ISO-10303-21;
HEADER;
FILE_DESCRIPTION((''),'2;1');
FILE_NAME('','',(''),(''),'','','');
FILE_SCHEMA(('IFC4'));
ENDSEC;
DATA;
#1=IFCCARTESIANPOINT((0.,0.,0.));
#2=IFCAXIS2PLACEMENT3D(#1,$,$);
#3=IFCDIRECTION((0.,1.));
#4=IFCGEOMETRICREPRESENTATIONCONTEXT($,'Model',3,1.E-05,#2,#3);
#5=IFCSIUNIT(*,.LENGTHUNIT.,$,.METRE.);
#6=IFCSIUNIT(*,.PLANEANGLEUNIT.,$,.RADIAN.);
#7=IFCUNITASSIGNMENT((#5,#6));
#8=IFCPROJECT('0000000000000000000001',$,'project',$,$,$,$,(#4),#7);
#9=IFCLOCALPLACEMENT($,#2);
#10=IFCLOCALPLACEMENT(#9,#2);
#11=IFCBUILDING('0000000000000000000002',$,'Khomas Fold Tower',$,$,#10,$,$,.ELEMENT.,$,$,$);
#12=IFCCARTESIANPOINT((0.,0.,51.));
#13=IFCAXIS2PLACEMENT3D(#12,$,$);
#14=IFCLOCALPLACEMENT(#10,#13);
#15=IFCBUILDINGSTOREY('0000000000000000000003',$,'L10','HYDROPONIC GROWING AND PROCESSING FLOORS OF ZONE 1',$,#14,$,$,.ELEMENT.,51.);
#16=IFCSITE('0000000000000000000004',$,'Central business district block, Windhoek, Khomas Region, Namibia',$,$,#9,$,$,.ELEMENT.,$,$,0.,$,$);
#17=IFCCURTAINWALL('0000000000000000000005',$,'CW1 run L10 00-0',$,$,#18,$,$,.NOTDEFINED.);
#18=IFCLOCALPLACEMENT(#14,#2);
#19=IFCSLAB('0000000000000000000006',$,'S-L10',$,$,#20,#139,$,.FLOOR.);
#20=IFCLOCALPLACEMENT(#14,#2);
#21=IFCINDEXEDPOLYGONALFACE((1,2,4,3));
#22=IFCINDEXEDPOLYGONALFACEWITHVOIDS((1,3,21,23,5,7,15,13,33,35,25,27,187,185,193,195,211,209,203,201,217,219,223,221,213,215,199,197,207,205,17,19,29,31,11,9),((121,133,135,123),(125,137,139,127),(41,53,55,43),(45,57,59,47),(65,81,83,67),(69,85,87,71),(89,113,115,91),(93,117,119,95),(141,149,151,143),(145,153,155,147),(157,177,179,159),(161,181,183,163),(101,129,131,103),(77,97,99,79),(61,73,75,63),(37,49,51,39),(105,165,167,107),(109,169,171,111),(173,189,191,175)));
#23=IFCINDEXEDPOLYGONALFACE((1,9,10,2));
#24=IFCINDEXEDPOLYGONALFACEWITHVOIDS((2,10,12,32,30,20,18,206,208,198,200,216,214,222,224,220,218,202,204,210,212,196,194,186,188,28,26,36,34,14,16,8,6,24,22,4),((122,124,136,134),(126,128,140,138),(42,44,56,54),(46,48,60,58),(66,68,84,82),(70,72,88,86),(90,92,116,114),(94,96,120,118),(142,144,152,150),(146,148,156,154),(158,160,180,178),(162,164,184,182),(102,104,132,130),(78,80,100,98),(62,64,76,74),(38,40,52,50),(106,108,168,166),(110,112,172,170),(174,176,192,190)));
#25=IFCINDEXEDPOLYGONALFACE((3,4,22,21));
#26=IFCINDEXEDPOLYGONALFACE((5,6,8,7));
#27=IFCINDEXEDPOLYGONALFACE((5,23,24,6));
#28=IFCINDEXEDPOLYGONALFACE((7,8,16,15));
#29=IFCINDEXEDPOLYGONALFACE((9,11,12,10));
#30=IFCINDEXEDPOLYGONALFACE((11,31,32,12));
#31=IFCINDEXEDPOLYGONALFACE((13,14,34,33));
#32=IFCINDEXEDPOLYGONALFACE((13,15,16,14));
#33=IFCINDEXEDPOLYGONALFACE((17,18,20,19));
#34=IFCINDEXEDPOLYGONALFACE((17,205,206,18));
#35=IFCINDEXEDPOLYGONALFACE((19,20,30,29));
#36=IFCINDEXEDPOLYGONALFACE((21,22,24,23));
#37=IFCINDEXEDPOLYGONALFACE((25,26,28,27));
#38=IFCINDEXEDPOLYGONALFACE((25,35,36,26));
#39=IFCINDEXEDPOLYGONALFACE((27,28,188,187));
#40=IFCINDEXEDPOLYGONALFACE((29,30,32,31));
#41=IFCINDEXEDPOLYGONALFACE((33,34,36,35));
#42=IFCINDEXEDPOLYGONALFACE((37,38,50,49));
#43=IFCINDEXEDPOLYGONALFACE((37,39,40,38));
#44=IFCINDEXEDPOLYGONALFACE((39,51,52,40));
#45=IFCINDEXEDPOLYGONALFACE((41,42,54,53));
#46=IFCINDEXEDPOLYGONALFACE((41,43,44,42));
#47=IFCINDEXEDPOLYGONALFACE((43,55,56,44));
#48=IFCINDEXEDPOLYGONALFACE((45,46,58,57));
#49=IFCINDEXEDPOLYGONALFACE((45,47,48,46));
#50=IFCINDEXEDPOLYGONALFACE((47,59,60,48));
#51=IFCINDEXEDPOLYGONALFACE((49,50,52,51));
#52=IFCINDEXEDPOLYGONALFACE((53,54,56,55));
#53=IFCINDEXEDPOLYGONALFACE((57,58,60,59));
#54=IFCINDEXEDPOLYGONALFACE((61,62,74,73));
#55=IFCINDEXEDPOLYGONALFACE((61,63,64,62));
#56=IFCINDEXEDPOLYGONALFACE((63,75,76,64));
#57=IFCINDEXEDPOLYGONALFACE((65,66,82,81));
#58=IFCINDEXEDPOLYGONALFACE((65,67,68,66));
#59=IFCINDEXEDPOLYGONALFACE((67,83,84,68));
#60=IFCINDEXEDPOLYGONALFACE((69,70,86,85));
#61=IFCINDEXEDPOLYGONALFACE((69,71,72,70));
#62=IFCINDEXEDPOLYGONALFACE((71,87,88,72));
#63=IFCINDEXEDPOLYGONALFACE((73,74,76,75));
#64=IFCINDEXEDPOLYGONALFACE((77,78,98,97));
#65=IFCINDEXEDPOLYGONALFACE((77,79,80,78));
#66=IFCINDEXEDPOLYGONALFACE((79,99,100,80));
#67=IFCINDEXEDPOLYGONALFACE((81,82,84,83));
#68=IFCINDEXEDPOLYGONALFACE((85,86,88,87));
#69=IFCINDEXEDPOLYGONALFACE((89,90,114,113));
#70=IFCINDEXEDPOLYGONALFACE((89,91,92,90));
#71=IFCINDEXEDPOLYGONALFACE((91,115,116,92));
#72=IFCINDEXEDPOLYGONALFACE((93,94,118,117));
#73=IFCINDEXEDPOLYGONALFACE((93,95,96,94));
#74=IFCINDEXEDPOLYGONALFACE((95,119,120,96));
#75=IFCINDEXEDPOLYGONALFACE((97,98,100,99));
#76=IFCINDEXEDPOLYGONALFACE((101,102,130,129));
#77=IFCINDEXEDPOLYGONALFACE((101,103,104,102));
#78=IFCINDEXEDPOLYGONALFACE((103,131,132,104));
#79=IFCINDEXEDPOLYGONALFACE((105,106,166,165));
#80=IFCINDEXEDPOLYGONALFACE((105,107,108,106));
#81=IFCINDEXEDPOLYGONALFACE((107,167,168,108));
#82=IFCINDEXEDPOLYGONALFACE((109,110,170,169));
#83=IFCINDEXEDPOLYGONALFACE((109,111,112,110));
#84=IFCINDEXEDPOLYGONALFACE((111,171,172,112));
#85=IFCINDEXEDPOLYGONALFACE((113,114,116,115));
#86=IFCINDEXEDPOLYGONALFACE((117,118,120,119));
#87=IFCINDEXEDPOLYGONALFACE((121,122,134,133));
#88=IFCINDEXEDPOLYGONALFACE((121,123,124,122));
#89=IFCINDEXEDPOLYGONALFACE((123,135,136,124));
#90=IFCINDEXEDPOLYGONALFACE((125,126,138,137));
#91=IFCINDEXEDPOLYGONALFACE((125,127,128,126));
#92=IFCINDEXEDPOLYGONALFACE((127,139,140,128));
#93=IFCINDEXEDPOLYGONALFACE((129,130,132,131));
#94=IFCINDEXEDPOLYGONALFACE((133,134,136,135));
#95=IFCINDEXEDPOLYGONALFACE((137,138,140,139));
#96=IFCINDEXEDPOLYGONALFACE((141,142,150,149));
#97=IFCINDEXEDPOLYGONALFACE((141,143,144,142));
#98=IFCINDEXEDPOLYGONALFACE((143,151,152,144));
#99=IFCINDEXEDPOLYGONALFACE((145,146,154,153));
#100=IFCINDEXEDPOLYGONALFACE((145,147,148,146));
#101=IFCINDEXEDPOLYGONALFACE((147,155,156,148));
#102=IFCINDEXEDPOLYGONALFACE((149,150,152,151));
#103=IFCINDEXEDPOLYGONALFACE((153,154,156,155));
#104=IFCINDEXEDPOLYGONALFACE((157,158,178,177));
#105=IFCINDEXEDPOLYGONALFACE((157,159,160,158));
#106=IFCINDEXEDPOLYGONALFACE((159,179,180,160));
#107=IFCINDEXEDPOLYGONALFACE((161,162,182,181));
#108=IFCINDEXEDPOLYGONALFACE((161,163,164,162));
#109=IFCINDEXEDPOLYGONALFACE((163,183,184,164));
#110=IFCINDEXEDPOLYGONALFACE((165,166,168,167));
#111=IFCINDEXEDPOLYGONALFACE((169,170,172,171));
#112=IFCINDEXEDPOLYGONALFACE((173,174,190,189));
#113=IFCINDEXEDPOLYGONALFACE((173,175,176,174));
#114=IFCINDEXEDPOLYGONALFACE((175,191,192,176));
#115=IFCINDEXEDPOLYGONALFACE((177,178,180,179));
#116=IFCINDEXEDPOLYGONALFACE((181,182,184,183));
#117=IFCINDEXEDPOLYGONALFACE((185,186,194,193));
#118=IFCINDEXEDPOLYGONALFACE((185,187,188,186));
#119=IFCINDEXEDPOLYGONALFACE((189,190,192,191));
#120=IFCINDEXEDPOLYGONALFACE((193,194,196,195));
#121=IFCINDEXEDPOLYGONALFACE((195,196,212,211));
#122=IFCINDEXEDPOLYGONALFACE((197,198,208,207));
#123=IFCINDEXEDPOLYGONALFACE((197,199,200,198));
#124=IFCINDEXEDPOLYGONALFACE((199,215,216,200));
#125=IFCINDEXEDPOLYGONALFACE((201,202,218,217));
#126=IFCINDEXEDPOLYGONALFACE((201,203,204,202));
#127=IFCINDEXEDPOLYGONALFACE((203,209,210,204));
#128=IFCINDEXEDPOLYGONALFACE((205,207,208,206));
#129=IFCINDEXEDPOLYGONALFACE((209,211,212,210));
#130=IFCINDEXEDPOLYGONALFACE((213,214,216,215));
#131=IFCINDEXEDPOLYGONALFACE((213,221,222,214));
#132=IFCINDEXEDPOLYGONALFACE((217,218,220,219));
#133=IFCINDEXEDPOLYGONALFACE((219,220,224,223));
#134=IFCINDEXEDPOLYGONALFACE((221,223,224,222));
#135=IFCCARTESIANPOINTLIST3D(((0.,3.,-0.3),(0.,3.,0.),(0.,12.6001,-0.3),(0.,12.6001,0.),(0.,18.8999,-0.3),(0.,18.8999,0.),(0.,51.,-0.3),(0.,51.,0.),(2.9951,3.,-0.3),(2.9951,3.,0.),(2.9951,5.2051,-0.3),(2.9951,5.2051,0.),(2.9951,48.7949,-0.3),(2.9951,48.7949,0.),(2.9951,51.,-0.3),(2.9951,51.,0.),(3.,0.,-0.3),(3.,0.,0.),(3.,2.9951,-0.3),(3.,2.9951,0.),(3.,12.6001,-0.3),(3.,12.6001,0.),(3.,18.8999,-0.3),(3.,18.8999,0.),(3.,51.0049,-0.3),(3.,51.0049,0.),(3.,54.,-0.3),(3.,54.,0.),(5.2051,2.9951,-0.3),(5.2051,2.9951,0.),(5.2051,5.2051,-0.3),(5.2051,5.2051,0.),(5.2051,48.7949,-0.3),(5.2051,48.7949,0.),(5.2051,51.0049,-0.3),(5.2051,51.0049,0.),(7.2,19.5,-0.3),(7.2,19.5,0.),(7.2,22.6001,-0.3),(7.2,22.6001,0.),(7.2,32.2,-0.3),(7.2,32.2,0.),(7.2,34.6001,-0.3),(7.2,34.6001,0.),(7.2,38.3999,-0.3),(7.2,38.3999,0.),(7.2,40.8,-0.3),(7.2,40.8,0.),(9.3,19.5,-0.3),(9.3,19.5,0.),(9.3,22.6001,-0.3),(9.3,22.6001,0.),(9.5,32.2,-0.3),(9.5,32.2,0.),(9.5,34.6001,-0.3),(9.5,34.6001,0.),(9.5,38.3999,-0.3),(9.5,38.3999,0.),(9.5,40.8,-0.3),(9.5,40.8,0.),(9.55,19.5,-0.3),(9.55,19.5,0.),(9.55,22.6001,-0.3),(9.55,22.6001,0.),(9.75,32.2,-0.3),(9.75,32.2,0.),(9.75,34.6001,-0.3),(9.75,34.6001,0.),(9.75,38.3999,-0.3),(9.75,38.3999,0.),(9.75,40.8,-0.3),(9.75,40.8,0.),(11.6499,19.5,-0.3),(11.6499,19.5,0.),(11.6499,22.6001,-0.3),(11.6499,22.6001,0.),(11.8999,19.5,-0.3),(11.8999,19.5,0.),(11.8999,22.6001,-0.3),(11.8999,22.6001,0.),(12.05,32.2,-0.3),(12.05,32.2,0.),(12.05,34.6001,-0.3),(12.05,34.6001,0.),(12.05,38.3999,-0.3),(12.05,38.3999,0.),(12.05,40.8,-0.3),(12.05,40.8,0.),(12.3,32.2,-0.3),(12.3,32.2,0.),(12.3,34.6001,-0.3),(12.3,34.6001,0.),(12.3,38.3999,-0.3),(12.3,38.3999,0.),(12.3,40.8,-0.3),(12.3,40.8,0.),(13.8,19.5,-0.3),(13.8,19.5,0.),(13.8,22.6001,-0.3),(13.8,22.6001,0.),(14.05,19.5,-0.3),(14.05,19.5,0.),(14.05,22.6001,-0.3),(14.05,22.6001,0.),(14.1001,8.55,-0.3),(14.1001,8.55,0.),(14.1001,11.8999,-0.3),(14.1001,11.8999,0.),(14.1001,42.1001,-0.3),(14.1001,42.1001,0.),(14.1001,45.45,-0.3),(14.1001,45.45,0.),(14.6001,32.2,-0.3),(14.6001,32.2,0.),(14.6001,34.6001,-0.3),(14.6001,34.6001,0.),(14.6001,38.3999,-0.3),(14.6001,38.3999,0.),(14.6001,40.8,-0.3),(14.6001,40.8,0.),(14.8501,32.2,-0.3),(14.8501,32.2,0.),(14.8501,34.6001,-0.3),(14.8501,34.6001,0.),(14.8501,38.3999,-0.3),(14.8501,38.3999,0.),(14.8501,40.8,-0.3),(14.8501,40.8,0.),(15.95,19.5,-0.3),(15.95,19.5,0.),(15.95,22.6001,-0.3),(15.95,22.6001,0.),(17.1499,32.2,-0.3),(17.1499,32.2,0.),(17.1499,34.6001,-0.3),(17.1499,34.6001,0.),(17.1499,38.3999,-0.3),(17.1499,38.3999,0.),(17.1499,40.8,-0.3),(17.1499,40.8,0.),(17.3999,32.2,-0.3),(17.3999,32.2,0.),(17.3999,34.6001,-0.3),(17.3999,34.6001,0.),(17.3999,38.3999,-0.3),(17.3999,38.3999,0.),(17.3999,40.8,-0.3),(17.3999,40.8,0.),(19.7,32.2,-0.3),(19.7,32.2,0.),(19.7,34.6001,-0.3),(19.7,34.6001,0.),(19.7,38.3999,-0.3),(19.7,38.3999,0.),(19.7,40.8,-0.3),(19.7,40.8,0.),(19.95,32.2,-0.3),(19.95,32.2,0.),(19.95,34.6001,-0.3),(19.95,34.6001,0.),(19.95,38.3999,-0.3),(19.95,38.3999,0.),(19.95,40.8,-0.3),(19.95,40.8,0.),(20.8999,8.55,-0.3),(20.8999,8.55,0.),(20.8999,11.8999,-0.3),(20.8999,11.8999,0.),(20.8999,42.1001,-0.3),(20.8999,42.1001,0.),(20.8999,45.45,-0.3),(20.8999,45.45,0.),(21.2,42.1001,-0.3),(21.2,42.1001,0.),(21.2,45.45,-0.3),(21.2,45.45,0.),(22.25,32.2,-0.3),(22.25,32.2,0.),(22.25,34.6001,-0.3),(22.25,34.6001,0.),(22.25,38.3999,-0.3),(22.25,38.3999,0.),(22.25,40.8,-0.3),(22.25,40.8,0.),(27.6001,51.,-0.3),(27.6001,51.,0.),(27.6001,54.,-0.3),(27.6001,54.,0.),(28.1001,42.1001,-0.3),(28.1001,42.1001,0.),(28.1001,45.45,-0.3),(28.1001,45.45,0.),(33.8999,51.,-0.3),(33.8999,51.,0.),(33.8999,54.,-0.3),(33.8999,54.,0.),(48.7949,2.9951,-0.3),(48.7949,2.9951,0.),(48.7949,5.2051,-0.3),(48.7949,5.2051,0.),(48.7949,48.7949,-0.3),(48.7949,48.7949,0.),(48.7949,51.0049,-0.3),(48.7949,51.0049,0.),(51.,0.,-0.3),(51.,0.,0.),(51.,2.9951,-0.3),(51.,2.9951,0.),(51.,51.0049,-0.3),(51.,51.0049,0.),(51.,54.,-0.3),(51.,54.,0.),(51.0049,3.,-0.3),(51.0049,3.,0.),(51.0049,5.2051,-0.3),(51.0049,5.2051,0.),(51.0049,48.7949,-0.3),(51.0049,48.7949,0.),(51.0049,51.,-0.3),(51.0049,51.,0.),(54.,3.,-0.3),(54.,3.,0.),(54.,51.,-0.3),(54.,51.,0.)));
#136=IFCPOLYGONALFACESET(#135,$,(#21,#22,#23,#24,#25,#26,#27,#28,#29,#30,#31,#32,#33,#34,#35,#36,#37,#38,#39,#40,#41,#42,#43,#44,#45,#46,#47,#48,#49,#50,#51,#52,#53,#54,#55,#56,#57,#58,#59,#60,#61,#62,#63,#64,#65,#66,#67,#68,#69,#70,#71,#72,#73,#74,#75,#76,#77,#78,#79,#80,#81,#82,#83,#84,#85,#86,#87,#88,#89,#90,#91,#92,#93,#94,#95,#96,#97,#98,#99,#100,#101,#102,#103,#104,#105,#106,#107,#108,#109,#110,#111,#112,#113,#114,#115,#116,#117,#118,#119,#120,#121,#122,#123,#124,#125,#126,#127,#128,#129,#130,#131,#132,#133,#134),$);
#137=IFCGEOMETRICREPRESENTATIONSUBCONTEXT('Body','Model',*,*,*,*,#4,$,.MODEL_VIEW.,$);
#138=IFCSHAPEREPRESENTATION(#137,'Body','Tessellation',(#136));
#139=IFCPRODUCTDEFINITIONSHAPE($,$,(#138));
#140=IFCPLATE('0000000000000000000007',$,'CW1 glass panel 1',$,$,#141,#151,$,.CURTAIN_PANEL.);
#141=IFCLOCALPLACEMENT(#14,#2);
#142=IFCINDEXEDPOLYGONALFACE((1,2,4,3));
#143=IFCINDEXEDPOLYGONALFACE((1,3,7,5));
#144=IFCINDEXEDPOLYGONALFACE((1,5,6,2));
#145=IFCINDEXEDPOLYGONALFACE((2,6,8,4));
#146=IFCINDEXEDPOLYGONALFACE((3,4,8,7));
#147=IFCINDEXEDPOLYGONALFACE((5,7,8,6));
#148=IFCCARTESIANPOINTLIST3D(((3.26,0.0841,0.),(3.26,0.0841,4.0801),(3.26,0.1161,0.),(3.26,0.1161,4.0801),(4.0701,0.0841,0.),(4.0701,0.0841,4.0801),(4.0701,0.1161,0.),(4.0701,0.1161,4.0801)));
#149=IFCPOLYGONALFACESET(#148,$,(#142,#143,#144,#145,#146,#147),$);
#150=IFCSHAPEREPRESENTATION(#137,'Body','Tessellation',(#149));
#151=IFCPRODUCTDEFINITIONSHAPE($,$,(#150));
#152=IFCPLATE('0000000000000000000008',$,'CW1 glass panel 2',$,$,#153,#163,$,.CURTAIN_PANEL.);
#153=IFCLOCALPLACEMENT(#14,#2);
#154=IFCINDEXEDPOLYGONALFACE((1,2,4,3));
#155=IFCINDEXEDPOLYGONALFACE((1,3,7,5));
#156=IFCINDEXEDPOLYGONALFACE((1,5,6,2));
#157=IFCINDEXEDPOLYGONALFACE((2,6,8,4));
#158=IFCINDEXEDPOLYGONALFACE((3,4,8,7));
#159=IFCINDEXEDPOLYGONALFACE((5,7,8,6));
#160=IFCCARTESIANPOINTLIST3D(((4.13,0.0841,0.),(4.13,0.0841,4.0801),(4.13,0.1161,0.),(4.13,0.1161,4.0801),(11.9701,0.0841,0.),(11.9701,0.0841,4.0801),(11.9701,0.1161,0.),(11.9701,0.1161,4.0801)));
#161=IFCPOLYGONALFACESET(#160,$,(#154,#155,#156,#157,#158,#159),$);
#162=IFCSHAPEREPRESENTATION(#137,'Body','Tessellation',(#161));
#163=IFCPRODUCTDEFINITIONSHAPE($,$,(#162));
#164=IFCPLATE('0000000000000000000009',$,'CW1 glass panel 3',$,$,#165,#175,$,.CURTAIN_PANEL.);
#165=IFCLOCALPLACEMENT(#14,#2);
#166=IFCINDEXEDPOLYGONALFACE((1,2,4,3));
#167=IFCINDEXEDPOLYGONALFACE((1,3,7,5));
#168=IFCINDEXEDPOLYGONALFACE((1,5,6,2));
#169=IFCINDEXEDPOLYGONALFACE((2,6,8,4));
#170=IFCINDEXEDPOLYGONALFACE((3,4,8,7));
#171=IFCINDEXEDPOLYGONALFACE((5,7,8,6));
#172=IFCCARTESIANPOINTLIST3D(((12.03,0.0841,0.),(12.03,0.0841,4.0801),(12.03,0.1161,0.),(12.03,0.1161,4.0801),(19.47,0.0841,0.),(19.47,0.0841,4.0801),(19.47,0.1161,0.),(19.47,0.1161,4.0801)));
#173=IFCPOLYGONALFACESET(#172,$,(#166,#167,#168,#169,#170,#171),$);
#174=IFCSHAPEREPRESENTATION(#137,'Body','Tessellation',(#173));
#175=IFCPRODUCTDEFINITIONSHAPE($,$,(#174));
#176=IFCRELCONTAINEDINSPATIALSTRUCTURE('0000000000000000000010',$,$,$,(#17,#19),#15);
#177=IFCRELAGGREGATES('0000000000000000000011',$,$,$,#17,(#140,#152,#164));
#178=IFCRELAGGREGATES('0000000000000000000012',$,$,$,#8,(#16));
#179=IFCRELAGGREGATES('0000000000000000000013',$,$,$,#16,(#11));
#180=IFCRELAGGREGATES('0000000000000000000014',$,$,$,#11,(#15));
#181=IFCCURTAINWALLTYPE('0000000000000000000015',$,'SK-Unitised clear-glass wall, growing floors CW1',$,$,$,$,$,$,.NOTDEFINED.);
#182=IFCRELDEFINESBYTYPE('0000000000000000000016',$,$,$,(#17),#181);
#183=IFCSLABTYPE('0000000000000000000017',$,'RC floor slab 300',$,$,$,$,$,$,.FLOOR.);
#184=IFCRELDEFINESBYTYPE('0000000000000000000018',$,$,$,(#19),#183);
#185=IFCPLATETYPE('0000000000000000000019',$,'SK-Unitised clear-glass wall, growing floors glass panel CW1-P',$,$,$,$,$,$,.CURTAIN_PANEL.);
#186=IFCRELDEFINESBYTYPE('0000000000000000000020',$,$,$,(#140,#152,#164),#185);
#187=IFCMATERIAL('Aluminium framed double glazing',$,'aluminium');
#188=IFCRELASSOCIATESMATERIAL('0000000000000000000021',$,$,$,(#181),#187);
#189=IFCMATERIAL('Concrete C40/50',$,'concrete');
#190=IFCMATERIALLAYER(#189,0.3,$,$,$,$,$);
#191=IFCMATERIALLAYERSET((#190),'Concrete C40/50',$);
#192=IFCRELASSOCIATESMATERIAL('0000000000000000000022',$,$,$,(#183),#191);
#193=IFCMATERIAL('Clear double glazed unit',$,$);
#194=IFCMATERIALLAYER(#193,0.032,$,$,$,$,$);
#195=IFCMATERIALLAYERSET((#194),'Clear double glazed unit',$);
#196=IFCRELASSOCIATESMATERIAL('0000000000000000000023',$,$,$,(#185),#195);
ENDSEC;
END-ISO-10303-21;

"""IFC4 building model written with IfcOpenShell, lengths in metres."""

from ifc_helpers import new_model, si_unit, direction, frame, origin, origin_2d, place, context, subcontext, project, spatial, polyline, rectangle, outline, extrude, source, transform, mapped, material, layer, layer_set, type_object, element, aggregate, save


model = new_model("IFC4")

# Units and contexts
model_context = context("Model", 3, precision=1e-05, world=origin(), true_north=direction((0.0, 1.0)))
body_context = subcontext(model_context, "Body", "Model", "MODEL_VIEW")
ifc_project = project(units=[si_unit("LENGTHUNIT", "METRE"), si_unit("PLANEANGLEUNIT", "RADIAN")], contexts=[model_context])

# Site, building, storey
site_placement = place(None, origin())
site = spatial("IfcSite", under=ifc_project, at=site_placement, Name="Central business district block, Windhoek, Khomas Region, Namibia", CompositionType="ELEMENT", RefElevation=0.0)
building_placement = place(site_placement, origin())
building = spatial("IfcBuilding", under=site, at=building_placement, Name="Khomas Fold Tower", CompositionType="ELEMENT")
storey_placement = place(building_placement, frame((0.0, 0.0, 51.0)))
storey = spatial("IfcBuildingStorey", under=building, at=storey_placement, Name="L10", Description="HYDROPONIC GROWING AND PROCESSING FLOORS OF ZONE 1", CompositionType="ELEMENT", Elevation=51.0)

# Curtain wall
ifc_material_1 = material(Name="Aluminium framed double glazing", Category="aluminium")
curtain_wall_type = type_object("IfcCurtainWallType", Name="SK-Unitised clear-glass wall, growing floors CW1", PredefinedType="NOTDEFINED", material=ifc_material_1)
curtain_wall_1_placement = place(storey_placement, origin())
curtain_wall_1 = element("IfcCurtainWall", 1, at=curtain_wall_1_placement, inside=storey, type_object=curtain_wall_type, Name="CW1 run L10 00-0", PredefinedType="NOTDEFINED")

# Slab
ifc_material_2 = material(Name="Concrete C40/50", Category="concrete")
ifc_layer_1 = layer(ifc_material_2, 0.3)
ifc_layer_set_1 = layer_set([ifc_layer_1], Name="Concrete C40/50")
slab_type_1 = type_object("IfcSlabType", Name="RC floor slab 300", PredefinedType="FLOOR", material=ifc_layer_set_1)
shared_shape_1 = source(origin(), body_context, "Body", "SweptSolid", [
    extrude(outline(polyline([(0.0, 3.0), (2.9951, 3.0), (2.9951, 5.2051), (5.2051, 5.2051), (5.2051, 2.9951), (3.0, 2.9951), (3.0, 0.0), (51.0, 0.0), (51.0, 2.9951), (48.7949, 2.9951), (48.7949, 5.2051), (51.0049, 5.2051), (51.0049, 3.0), (54.0, 3.0), (54.0, 51.0), (51.0049, 51.0), (51.0049, 48.7949), (48.7949, 48.7949), (48.7949, 51.0049), (51.0, 51.0049), (51.0, 54.0), (33.8999, 54.0), (33.8999, 51.0), (27.6001, 51.0), (27.6001, 54.0), (3.0, 54.0), (3.0, 51.0049), (5.2051, 51.0049), (5.2051, 48.7949), (2.9951, 48.7949), (2.9951, 51.0), (0.0, 51.0), (0.0, 18.8999), (3.0, 18.8999), (3.0, 12.6001), (0.0, 12.6001), (0.0, 3.0)]), holes=[polyline([(7.2, 19.5), (7.2, 22.6001), (9.3, 22.6001), (9.3, 19.5), (7.2, 19.5)]), polyline([(7.2, 32.2), (7.2, 34.6001), (9.5, 34.6001), (9.5, 32.2), (7.2, 32.2)]), polyline([(7.2, 38.3999), (7.2, 40.8), (9.5, 40.8), (9.5, 38.3999), (7.2, 38.3999)]), polyline([(9.55, 19.5), (9.55, 22.6001), (11.6499, 22.6001), (11.6499, 19.5), (9.55, 19.5)]), polyline([(9.75, 32.2), (9.75, 34.6001), (12.05, 34.6001), (12.05, 32.2), (9.75, 32.2)]), polyline([(9.75, 38.3999), (9.75, 40.8), (12.05, 40.8), (12.05, 38.3999), (9.75, 38.3999)]), polyline([(11.8999, 19.5), (11.8999, 22.6001), (13.8, 22.6001), (13.8, 19.5), (11.8999, 19.5)]), polyline([(12.3, 32.2), (12.3, 34.6001), (14.6001, 34.6001), (14.6001, 32.2), (12.3, 32.2)]), polyline([(12.3, 38.3999), (12.3, 40.8), (14.6001, 40.8), (14.6001, 38.3999), (12.3, 38.3999)]), polyline([(14.05, 19.5), (14.05, 22.6001), (15.95, 22.6001), (15.95, 19.5), (14.05, 19.5)]), polyline([(14.1001, 8.55), (14.1001, 11.8999), (20.8999, 11.8999), (20.8999, 8.55), (14.1001, 8.55)]), polyline([(14.1001, 42.1001), (14.1001, 45.45), (20.8999, 45.45), (20.8999, 42.1001), (14.1001, 42.1001)]), polyline([(14.8501, 32.2), (14.8501, 34.6001), (17.1499, 34.6001), (17.1499, 32.2), (14.8501, 32.2)]), polyline([(14.8501, 38.3999), (14.8501, 40.8), (17.1499, 40.8), (17.1499, 38.3999), (14.8501, 38.3999)]), polyline([(17.3999, 32.2), (17.3999, 34.6001), (19.7, 34.6001), (19.7, 32.2), (17.3999, 32.2)]), polyline([(17.3999, 38.3999), (17.3999, 40.8), (19.7, 40.8), (19.7, 38.3999), (17.3999, 38.3999)]), polyline([(19.95, 32.2), (19.95, 34.6001), (22.25, 34.6001), (22.25, 32.2), (19.95, 32.2)]), polyline([(19.95, 38.3999), (19.95, 40.8), (22.25, 40.8), (22.25, 38.3999), (19.95, 38.3999)]), polyline([(21.2, 42.1001), (21.2, 45.45), (28.1001, 45.45), (28.1001, 42.1001), (21.2, 42.1001)])]), origin(), (0.0, 0.0, 1.0), 0.3),
])
slab_1_placement = place(storey_placement, frame((0.0, 0.0, -0.3)))
element("IfcSlab", 2, at=slab_1_placement, inside=storey, type_object=slab_type_1, Name="S-L10", PredefinedType="FLOOR", context=body_context, shape_type="MappedRepresentation", body=[
    mapped(shared_shape_1, transform((0.0, 0.0, 0.0))),
])

# Plates
ifc_material_3 = material(Name="Clear double glazed unit")
ifc_layer_2 = layer(ifc_material_3, 0.032)
ifc_layer_set_2 = layer_set([ifc_layer_2], Name="Clear double glazed unit")
plate_type = type_object("IfcPlateType", Name="SK-Unitised clear-glass wall, growing floors glass panel CW1-P", PredefinedType="CURTAIN_PANEL", material=ifc_layer_set_2)
shared_shape_2 = source(origin(), body_context, "Body", "SweptSolid", [
    extrude(rectangle(XDim=0.8101, YDim=0.032, at=origin_2d()), origin(), (0.0, 0.0, 1.0), 4.0801),
])
plate_1_placement = place(storey_placement, frame((3.665, 0.1001, 0.0), z_axis=(0.0, 0.0, 1.0), x_axis=(1.0, 0.0, 0.0)))
plate_1 = element("IfcPlate", 3, at=plate_1_placement, type_object=plate_type, Name="CW1 glass panel 1", PredefinedType="CURTAIN_PANEL", context=body_context, shape_type="MappedRepresentation", body=[
    mapped(shared_shape_2, transform((0.0, 0.0, 0.0))),
])
shared_shape_3 = source(origin(), body_context, "Body", "SweptSolid", [
    extrude(rectangle(XDim=7.8401, YDim=0.032, at=origin_2d()), origin(), (0.0, 0.0, 1.0), 4.0801),
])
plate_2_placement = place(storey_placement, frame((8.05, 0.1001, 0.0), z_axis=(0.0, 0.0, 1.0), x_axis=(1.0, 0.0, 0.0)))
plate_2 = element("IfcPlate", 4, at=plate_2_placement, type_object=plate_type, Name="CW1 glass panel 2", PredefinedType="CURTAIN_PANEL", context=body_context, shape_type="MappedRepresentation", body=[
    mapped(shared_shape_3, transform((0.0, 0.0, 0.0))),
])
shared_shape_4 = source(origin(), body_context, "Body", "SweptSolid", [
    extrude(rectangle(XDim=7.4399, YDim=0.032, at=origin_2d()), origin(), (0.0, 0.0, 1.0), 4.0801),
])
plate_3_placement = place(storey_placement, frame((15.75, 0.1001, 0.0), z_axis=(0.0, 0.0, 1.0), x_axis=(1.0, 0.0, 0.0)))
plate_3 = element("IfcPlate", 5, at=plate_3_placement, type_object=plate_type, Name="CW1 glass panel 3", PredefinedType="CURTAIN_PANEL", context=body_context, shape_type="MappedRepresentation", body=[
    mapped(shared_shape_4, transform((0.0, 0.0, 0.0))),
])
aggregate(curtain_wall_1, [plate_1, plate_2, plate_3])

save(model, "model.ifc")
